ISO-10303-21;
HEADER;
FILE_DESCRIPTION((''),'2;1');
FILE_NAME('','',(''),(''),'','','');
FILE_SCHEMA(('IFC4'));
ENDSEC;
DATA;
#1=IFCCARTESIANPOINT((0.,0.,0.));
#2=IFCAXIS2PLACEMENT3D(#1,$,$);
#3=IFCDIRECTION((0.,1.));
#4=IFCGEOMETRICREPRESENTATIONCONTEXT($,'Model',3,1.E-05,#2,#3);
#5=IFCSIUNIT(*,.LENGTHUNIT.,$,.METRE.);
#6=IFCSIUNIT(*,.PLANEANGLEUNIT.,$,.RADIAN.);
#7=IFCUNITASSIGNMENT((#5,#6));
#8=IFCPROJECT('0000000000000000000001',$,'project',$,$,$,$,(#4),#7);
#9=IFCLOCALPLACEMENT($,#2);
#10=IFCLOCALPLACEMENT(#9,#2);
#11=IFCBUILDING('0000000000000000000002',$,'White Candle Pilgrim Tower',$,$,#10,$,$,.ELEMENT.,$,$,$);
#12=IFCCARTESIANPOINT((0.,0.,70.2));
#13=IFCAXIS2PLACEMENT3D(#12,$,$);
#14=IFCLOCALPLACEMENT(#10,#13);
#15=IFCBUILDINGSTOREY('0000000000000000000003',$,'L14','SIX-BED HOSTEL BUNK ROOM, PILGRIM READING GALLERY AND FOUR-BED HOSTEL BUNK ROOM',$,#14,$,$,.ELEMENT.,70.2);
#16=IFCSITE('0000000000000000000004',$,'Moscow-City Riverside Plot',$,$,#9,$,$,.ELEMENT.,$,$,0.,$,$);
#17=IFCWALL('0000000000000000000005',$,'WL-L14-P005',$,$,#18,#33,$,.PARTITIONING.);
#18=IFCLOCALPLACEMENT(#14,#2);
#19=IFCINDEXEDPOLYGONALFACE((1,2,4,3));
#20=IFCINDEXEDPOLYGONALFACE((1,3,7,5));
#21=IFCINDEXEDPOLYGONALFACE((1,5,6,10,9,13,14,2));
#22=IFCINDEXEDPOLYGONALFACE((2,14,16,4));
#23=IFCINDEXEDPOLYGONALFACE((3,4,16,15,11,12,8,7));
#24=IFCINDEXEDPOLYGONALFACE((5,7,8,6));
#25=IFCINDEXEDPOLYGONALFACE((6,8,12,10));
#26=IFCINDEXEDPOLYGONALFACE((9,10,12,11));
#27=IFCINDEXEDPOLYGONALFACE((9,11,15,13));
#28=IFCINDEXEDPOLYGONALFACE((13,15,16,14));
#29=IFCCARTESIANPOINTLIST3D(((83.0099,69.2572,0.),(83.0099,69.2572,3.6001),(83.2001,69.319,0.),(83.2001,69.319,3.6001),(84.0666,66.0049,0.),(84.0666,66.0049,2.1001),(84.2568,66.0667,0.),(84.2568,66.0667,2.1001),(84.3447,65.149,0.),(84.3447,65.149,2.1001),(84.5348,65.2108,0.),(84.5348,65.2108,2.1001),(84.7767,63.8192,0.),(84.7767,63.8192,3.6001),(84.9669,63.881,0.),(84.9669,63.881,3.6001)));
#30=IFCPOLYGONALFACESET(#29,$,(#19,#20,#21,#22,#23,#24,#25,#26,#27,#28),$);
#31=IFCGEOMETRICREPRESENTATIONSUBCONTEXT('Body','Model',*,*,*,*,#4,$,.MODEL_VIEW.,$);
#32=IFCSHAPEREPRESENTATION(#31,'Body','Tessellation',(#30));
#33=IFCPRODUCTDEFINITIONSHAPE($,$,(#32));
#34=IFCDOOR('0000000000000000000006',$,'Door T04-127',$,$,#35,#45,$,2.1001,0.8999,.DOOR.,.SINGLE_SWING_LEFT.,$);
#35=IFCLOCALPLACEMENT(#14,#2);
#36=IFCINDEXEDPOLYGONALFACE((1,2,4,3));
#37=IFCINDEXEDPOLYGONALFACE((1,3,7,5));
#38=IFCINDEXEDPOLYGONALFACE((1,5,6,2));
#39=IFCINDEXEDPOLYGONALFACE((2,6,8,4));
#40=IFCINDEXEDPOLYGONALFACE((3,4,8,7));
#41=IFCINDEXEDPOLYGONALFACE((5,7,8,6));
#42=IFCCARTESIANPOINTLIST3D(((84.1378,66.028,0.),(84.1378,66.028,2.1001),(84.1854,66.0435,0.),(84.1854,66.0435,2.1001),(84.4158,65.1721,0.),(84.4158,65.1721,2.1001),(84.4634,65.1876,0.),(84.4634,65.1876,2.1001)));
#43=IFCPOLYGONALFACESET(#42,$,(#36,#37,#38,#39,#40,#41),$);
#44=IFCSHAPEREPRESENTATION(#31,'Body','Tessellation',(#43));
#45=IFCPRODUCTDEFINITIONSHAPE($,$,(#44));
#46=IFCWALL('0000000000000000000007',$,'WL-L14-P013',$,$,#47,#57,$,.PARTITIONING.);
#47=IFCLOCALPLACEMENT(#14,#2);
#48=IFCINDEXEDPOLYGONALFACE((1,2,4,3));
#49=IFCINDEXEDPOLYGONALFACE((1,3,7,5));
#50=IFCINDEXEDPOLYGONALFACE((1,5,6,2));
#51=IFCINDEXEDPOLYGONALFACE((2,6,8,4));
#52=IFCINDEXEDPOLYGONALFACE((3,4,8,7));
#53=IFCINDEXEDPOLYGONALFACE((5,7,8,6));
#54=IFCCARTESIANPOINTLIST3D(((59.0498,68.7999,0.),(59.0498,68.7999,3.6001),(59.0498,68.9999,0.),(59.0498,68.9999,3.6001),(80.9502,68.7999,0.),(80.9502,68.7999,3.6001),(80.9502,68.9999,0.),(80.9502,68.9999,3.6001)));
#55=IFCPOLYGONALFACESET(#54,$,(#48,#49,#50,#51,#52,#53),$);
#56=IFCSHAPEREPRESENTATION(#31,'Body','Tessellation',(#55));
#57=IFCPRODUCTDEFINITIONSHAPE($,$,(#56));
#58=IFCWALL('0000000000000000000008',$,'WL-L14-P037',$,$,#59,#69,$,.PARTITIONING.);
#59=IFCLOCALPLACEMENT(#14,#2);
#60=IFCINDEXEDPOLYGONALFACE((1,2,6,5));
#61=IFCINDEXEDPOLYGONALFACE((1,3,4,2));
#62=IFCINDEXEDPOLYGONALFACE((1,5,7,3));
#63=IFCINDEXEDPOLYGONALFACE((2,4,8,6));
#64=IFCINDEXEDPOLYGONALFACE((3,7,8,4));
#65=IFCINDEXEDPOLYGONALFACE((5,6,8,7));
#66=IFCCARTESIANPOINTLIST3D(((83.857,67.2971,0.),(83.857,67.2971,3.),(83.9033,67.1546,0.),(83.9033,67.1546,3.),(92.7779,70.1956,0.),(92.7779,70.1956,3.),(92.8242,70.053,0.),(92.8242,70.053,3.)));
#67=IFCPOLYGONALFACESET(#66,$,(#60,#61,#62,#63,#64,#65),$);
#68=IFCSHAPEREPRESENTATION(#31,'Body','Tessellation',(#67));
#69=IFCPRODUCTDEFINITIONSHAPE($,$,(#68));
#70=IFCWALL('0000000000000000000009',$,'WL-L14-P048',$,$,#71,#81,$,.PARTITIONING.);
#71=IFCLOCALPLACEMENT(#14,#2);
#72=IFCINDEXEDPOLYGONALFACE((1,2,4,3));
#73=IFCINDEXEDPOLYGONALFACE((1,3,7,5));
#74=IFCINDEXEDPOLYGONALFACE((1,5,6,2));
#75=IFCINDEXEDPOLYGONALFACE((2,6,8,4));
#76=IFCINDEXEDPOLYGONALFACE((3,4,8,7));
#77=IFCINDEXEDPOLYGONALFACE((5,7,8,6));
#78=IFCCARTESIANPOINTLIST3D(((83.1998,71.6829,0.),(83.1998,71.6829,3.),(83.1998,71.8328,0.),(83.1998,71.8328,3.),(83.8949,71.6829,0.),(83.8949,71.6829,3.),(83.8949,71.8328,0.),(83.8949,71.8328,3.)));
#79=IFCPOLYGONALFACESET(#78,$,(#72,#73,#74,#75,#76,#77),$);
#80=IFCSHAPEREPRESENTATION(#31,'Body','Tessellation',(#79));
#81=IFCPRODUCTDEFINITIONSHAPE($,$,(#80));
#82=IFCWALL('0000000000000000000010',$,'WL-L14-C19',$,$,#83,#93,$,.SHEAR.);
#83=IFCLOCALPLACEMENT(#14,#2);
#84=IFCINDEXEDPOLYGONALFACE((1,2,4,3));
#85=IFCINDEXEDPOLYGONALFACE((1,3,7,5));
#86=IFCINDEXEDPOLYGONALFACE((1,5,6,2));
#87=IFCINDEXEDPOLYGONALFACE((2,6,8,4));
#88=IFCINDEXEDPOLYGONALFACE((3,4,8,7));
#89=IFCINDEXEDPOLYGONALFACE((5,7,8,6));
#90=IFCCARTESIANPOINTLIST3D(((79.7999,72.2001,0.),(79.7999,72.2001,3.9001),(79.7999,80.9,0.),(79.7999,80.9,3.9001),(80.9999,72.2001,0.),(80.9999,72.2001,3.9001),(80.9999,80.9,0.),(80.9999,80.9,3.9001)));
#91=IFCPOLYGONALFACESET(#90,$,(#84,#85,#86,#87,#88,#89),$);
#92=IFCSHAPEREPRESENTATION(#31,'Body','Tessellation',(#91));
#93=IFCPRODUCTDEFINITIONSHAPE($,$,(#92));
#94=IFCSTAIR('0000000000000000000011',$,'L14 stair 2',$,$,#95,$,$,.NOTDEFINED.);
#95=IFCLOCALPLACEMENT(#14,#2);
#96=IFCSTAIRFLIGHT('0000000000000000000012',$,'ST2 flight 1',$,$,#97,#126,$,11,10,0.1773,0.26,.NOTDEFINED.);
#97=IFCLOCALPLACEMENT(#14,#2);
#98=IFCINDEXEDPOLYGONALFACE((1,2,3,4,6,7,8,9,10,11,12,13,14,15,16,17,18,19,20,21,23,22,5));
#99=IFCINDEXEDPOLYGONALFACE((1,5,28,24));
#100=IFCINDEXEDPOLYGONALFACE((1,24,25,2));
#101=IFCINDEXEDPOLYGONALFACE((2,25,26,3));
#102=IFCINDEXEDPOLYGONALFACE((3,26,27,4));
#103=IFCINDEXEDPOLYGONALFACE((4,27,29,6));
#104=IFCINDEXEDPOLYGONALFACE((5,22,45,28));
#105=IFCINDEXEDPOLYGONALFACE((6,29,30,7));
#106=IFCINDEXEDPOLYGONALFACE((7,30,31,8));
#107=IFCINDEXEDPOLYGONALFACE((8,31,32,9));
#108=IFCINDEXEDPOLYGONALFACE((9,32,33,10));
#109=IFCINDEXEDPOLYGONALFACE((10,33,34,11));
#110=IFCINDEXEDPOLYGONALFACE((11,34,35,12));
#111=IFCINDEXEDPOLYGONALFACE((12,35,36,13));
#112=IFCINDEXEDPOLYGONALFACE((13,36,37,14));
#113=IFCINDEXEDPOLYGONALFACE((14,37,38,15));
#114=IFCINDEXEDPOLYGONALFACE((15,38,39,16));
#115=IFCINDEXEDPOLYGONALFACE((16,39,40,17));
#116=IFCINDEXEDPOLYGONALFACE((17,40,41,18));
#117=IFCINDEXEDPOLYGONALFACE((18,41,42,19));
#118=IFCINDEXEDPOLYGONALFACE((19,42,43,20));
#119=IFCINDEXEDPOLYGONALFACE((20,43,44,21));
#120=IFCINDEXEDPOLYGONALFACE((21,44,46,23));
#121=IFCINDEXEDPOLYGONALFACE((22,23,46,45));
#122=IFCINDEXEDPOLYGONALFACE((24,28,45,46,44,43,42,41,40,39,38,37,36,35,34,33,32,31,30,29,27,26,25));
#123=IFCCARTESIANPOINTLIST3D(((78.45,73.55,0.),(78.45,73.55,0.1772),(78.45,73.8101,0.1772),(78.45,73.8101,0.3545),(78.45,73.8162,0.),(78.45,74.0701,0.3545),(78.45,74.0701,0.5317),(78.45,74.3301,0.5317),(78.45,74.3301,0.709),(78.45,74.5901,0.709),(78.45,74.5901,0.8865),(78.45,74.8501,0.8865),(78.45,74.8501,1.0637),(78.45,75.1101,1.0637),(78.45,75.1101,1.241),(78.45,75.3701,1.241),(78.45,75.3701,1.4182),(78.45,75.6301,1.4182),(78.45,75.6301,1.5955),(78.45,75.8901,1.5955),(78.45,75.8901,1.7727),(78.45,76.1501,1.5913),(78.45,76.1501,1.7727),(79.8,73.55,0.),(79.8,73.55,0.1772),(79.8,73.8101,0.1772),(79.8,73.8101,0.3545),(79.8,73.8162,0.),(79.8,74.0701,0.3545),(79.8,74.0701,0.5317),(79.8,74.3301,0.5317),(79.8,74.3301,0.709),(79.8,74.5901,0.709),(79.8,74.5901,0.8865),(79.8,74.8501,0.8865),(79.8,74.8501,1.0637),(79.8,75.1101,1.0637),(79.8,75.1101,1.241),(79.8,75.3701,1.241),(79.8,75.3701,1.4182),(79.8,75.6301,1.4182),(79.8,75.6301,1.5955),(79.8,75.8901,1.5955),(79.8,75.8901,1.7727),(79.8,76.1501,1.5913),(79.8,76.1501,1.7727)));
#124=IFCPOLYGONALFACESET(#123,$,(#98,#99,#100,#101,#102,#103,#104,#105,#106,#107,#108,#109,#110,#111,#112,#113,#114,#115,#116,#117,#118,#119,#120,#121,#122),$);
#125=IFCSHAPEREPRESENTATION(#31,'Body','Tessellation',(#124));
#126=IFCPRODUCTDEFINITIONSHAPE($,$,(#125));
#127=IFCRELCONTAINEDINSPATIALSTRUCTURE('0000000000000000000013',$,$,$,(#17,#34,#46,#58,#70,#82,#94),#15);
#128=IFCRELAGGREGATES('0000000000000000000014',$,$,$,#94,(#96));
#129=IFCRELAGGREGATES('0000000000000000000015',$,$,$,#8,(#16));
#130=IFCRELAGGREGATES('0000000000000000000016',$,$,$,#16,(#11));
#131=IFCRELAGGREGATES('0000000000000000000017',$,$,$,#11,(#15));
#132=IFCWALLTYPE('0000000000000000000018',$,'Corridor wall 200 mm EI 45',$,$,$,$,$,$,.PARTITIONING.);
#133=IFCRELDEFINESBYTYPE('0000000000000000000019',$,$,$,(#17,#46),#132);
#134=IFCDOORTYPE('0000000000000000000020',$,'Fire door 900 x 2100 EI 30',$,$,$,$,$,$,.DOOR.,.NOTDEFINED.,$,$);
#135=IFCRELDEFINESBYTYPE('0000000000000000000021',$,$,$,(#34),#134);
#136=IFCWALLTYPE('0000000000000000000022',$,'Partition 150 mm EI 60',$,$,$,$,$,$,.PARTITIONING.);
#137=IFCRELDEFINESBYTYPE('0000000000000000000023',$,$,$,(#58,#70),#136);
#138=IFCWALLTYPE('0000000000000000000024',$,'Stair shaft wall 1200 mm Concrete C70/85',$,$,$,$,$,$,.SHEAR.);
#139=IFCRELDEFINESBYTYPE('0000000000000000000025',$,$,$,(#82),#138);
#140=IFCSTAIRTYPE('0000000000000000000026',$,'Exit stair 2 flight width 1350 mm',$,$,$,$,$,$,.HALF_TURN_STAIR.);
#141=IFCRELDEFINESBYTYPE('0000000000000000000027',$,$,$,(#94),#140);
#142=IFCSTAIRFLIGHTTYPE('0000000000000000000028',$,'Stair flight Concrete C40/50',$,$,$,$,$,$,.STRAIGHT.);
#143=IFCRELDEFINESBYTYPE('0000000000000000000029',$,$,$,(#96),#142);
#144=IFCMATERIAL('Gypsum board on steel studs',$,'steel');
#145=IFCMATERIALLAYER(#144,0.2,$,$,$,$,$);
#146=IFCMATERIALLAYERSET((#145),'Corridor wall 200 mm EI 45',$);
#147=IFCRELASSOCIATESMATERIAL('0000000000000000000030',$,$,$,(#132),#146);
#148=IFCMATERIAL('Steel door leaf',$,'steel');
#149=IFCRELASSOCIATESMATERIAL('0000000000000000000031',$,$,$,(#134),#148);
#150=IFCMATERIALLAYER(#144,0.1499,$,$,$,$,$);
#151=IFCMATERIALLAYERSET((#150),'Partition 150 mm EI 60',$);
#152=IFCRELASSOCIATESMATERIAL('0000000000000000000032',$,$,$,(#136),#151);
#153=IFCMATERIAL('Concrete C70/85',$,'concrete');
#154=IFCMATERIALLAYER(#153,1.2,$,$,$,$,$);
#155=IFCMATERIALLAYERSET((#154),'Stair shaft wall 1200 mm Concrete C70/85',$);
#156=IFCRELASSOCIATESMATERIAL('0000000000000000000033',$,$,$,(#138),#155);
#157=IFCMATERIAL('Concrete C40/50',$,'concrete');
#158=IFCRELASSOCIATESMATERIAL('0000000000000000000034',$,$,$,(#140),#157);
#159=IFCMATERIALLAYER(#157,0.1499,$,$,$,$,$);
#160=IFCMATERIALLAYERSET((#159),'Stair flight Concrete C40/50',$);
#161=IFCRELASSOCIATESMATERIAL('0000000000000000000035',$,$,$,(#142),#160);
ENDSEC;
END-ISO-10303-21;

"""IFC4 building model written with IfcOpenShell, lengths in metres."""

from ifc_helpers import new_model, si_unit, direction, frame, frame_2d, origin, place, context, subcontext, project, spatial, polyline, rectangle, outline, extrude, material, layer, layer_set, type_object, element, fill, aggregate, save


model = new_model("IFC4")

# Units and contexts
model_context = context("Model", 3, precision=1e-05, world=origin(), true_north=direction((0.0, 1.0)))
body_context = subcontext(model_context, "Body", "Model", "MODEL_VIEW")
ifc_project = project(units=[si_unit("LENGTHUNIT", "METRE"), si_unit("PLANEANGLEUNIT", "RADIAN")], contexts=[model_context])

# Site, building, storey
site_placement = place(None, origin())
site = spatial("IfcSite", under=ifc_project, at=site_placement, Name="Moscow-City Riverside Plot", CompositionType="ELEMENT", RefElevation=0.0)
building_placement = place(site_placement, origin())
building = spatial("IfcBuilding", under=site, at=building_placement, Name="White Candle Pilgrim Tower", CompositionType="ELEMENT")
storey_placement = place(building_placement, frame((0.0, 0.0, 70.2)))
storey = spatial("IfcBuildingStorey", under=building, at=storey_placement, Name="L14", Description="SIX-BED HOSTEL BUNK ROOM, PILGRIM READING GALLERY AND FOUR-BED HOSTEL BUNK ROOM", CompositionType="ELEMENT", Elevation=70.2)

# Wall, opening, door
ifc_material_1 = material(Name="Gypsum board on steel studs", Category="steel")
ifc_layer_1 = layer(ifc_material_1, 0.2)
ifc_layer_set_1 = layer_set([ifc_layer_1], Name="Corridor wall 200 mm EI 45")
wall_type_1 = type_object("IfcWallType", Name="Corridor wall 200 mm EI 45", PredefinedType="PARTITIONING", material=ifc_layer_set_1)
wall_1_placement = place(storey_placement, frame((83.105, 69.2881, 0.0), z_axis=(0.0, 0.0, 1.0), x_axis=(0.309007, -0.95106, 0.0)))
wall_1 = element("IfcWall", 1, at=wall_1_placement, inside=storey, type_object=wall_type_1, Name="WL-L14-P005", PredefinedType="PARTITIONING", context=body_context, shape_type="SweptSolid", body=[
    extrude(rectangle(XDim=5.7178, YDim=0.2, at=frame_2d((2.8589, 0.0))), origin(), (0.0, 0.0, 1.0), 3.6001),
])
opening_placement = place(wall_1_placement, frame((3.4197, 0.0, 0.0)))
opening = element("IfcOpeningElement", 2, at=opening_placement, cuts=wall_1, PredefinedType="OPENING", context=body_context, shape_type="SweptSolid", body=[
    extrude(rectangle(XDim=0.8999, YDim=2.1001, at=frame_2d((0.45, 1.05))), frame((0.0, 0.1099, 0.0), z_axis=(0.0, -1.0, 0.0), x_axis=(1.0, 0.0, 0.0)), (0.0, 0.0, 1.0), 0.22),
])
ifc_material_2 = material(Name="Steel door leaf", Category="steel")
door_type = type_object("IfcDoorType", Name="Fire door 900 x 2100 EI 30", OperationType="NOTDEFINED", PredefinedType="DOOR", material=ifc_material_2)
door_placement = place(opening_placement, origin())
door = element("IfcDoor", 3, at=door_placement, inside=storey, type_object=door_type, Name="Door T04-127", OperationType="SINGLE_SWING_LEFT", OverallHeight=2.1001, OverallWidth=0.8999, PredefinedType="DOOR", context=body_context, shape_type="SweptSolid", body=[
    extrude(rectangle(XDim=0.8999, YDim=2.1001, at=frame_2d((0.45, 1.05))), frame((0.0, 0.0249, 0.0), z_axis=(0.0, -1.0, 0.0), x_axis=(1.0, 0.0, 0.0)), (0.0, 0.0, 1.0), 0.05),
])
fill(opening, door)

# Walls
wall_2_placement = place(storey_placement, frame((80.9502, 68.8999, 0.0), z_axis=(0.0, 0.0, 1.0), x_axis=(-1.0, 0.0, 0.0)))
element("IfcWall", 4, at=wall_2_placement, inside=storey, type_object=wall_type_1, Name="WL-L14-P013", PredefinedType="PARTITIONING", context=body_context, shape_type="SweptSolid", body=[
    extrude(rectangle(XDim=21.9004, YDim=0.2, at=frame_2d((10.9502, 0.0))), origin(), (0.0, 0.0, 1.0), 3.6001),
])
ifc_layer_2 = layer(ifc_material_1, 0.1499)
ifc_layer_set_2 = layer_set([ifc_layer_2], Name="Partition 150 mm EI 60")
wall_type_2 = type_object("IfcWallType", Name="Partition 150 mm EI 60", PredefinedType="PARTITIONING", material=ifc_layer_set_2)
wall_3_placement = place(storey_placement, frame((92.801, 70.1243, 0.0), z_axis=(0.0, 0.0, 1.0), x_axis=(-0.951061, -0.309004, 0.0)))
element("IfcWall", 5, at=wall_3_placement, inside=storey, type_object=wall_type_2, Name="WL-L14-P037", PredefinedType="PARTITIONING", context=body_context, shape_type="SweptSolid", body=[
    extrude(rectangle(XDim=9.3799, YDim=0.1499, at=frame_2d((4.6899, 0.0))), origin(), (0.0, 0.0, 1.0), 3.0),
])
wall_4_placement = place(storey_placement, frame((83.895, 71.7578, 0.0), z_axis=(0.0, 0.0, 1.0), x_axis=(-1.0, 0.0, 0.0)))
element("IfcWall", 6, at=wall_4_placement, inside=storey, type_object=wall_type_2, Name="WL-L14-P048", PredefinedType="PARTITIONING", context=body_context, shape_type="SweptSolid", body=[
    extrude(rectangle(XDim=0.6951, YDim=0.1499, at=frame_2d((0.3477, 0.0))), origin(), (0.0, 0.0, 1.0), 3.0),
])
ifc_material_3 = material(Name="Concrete C70/85", Category="concrete")
ifc_layer_3 = layer(ifc_material_3, 1.2)
ifc_layer_set_3 = layer_set([ifc_layer_3], Name="Stair shaft wall 1200 mm Concrete C70/85")
wall_type_3 = type_object("IfcWallType", Name="Stair shaft wall 1200 mm Concrete C70/85", PredefinedType="SHEAR", material=ifc_layer_set_3)
wall_5_placement = place(storey_placement, frame((80.3999, 72.2, 0.0), z_axis=(0.0, 0.0, 1.0), x_axis=(0.0, 1.0, 0.0)))
element("IfcWall", 7, at=wall_5_placement, inside=storey, type_object=wall_type_3, Name="WL-L14-C19", PredefinedType="SHEAR", context=body_context, shape_type="SweptSolid", body=[
    extrude(rectangle(XDim=8.7, YDim=1.2, at=frame_2d((4.3501, 0.0))), origin(), (0.0, 0.0, 1.0), 3.9001),
])

# Stair, stair flight
ifc_material_4 = material(Name="Concrete C40/50", Category="concrete")
stair_type = type_object("IfcStairType", Name="Exit stair 2 flight width 1350 mm", PredefinedType="HALF_TURN_STAIR", material=ifc_material_4)
stair_placement = place(storey_placement, origin())
stair = element("IfcStair", 8, at=stair_placement, inside=storey, type_object=stair_type, Name="L14 stair 2", PredefinedType="NOTDEFINED")
ifc_layer_4 = layer(ifc_material_4, 0.1499)
ifc_layer_set_4 = layer_set([ifc_layer_4], Name="Stair flight Concrete C40/50")
stair_flight_type = type_object("IfcStairFlightType", Name="Stair flight Concrete C40/50", PredefinedType="STRAIGHT", material=ifc_layer_set_4)
stair_flight_placement = place(storey_placement, frame((79.125, 73.55, 0.0), z_axis=(0.0, 0.0, 1.0), x_axis=(0.0, 1.0, 0.0)))
stair_flight = element("IfcStairFlight", 9, at=stair_flight_placement, type_object=stair_flight_type, Name="ST2 flight 1", NumberOfRisers=11, NumberOfTreads=10, PredefinedType="NOTDEFINED", RiserHeight=0.1773, TreadLength=0.26, context=body_context, shape_type="SweptSolid", body=[
    extrude(outline(polyline([(0.0, 0.0), (0.0, 0.1772), (0.26, 0.1772), (0.26, 0.3545), (0.52, 0.3545), (0.52, 0.5317), (0.78, 0.5317), (0.78, 0.709), (1.04, 0.709), (1.04, 0.8865), (1.3, 0.8865), (1.3, 1.0637), (1.5601, 1.0637), (1.5601, 1.241), (1.8201, 1.241), (1.8201, 1.4182), (2.0801, 1.4182), (2.0801, 1.5955), (2.3401, 1.5955), (2.3401, 1.7727), (2.6001, 1.7727), (2.6001, 1.95), (2.6001, 1.5913), (0.2661, 0.0), (0.0, 0.0)])), frame((0.0, 0.675, 0.0), z_axis=(0.0, -1.0, 0.0), x_axis=(1.0, 0.0, 0.0)), (0.0, 0.0, 1.0), 1.3501),
])
aggregate(stair, [stair_flight])

save(model, "model.ifc")
